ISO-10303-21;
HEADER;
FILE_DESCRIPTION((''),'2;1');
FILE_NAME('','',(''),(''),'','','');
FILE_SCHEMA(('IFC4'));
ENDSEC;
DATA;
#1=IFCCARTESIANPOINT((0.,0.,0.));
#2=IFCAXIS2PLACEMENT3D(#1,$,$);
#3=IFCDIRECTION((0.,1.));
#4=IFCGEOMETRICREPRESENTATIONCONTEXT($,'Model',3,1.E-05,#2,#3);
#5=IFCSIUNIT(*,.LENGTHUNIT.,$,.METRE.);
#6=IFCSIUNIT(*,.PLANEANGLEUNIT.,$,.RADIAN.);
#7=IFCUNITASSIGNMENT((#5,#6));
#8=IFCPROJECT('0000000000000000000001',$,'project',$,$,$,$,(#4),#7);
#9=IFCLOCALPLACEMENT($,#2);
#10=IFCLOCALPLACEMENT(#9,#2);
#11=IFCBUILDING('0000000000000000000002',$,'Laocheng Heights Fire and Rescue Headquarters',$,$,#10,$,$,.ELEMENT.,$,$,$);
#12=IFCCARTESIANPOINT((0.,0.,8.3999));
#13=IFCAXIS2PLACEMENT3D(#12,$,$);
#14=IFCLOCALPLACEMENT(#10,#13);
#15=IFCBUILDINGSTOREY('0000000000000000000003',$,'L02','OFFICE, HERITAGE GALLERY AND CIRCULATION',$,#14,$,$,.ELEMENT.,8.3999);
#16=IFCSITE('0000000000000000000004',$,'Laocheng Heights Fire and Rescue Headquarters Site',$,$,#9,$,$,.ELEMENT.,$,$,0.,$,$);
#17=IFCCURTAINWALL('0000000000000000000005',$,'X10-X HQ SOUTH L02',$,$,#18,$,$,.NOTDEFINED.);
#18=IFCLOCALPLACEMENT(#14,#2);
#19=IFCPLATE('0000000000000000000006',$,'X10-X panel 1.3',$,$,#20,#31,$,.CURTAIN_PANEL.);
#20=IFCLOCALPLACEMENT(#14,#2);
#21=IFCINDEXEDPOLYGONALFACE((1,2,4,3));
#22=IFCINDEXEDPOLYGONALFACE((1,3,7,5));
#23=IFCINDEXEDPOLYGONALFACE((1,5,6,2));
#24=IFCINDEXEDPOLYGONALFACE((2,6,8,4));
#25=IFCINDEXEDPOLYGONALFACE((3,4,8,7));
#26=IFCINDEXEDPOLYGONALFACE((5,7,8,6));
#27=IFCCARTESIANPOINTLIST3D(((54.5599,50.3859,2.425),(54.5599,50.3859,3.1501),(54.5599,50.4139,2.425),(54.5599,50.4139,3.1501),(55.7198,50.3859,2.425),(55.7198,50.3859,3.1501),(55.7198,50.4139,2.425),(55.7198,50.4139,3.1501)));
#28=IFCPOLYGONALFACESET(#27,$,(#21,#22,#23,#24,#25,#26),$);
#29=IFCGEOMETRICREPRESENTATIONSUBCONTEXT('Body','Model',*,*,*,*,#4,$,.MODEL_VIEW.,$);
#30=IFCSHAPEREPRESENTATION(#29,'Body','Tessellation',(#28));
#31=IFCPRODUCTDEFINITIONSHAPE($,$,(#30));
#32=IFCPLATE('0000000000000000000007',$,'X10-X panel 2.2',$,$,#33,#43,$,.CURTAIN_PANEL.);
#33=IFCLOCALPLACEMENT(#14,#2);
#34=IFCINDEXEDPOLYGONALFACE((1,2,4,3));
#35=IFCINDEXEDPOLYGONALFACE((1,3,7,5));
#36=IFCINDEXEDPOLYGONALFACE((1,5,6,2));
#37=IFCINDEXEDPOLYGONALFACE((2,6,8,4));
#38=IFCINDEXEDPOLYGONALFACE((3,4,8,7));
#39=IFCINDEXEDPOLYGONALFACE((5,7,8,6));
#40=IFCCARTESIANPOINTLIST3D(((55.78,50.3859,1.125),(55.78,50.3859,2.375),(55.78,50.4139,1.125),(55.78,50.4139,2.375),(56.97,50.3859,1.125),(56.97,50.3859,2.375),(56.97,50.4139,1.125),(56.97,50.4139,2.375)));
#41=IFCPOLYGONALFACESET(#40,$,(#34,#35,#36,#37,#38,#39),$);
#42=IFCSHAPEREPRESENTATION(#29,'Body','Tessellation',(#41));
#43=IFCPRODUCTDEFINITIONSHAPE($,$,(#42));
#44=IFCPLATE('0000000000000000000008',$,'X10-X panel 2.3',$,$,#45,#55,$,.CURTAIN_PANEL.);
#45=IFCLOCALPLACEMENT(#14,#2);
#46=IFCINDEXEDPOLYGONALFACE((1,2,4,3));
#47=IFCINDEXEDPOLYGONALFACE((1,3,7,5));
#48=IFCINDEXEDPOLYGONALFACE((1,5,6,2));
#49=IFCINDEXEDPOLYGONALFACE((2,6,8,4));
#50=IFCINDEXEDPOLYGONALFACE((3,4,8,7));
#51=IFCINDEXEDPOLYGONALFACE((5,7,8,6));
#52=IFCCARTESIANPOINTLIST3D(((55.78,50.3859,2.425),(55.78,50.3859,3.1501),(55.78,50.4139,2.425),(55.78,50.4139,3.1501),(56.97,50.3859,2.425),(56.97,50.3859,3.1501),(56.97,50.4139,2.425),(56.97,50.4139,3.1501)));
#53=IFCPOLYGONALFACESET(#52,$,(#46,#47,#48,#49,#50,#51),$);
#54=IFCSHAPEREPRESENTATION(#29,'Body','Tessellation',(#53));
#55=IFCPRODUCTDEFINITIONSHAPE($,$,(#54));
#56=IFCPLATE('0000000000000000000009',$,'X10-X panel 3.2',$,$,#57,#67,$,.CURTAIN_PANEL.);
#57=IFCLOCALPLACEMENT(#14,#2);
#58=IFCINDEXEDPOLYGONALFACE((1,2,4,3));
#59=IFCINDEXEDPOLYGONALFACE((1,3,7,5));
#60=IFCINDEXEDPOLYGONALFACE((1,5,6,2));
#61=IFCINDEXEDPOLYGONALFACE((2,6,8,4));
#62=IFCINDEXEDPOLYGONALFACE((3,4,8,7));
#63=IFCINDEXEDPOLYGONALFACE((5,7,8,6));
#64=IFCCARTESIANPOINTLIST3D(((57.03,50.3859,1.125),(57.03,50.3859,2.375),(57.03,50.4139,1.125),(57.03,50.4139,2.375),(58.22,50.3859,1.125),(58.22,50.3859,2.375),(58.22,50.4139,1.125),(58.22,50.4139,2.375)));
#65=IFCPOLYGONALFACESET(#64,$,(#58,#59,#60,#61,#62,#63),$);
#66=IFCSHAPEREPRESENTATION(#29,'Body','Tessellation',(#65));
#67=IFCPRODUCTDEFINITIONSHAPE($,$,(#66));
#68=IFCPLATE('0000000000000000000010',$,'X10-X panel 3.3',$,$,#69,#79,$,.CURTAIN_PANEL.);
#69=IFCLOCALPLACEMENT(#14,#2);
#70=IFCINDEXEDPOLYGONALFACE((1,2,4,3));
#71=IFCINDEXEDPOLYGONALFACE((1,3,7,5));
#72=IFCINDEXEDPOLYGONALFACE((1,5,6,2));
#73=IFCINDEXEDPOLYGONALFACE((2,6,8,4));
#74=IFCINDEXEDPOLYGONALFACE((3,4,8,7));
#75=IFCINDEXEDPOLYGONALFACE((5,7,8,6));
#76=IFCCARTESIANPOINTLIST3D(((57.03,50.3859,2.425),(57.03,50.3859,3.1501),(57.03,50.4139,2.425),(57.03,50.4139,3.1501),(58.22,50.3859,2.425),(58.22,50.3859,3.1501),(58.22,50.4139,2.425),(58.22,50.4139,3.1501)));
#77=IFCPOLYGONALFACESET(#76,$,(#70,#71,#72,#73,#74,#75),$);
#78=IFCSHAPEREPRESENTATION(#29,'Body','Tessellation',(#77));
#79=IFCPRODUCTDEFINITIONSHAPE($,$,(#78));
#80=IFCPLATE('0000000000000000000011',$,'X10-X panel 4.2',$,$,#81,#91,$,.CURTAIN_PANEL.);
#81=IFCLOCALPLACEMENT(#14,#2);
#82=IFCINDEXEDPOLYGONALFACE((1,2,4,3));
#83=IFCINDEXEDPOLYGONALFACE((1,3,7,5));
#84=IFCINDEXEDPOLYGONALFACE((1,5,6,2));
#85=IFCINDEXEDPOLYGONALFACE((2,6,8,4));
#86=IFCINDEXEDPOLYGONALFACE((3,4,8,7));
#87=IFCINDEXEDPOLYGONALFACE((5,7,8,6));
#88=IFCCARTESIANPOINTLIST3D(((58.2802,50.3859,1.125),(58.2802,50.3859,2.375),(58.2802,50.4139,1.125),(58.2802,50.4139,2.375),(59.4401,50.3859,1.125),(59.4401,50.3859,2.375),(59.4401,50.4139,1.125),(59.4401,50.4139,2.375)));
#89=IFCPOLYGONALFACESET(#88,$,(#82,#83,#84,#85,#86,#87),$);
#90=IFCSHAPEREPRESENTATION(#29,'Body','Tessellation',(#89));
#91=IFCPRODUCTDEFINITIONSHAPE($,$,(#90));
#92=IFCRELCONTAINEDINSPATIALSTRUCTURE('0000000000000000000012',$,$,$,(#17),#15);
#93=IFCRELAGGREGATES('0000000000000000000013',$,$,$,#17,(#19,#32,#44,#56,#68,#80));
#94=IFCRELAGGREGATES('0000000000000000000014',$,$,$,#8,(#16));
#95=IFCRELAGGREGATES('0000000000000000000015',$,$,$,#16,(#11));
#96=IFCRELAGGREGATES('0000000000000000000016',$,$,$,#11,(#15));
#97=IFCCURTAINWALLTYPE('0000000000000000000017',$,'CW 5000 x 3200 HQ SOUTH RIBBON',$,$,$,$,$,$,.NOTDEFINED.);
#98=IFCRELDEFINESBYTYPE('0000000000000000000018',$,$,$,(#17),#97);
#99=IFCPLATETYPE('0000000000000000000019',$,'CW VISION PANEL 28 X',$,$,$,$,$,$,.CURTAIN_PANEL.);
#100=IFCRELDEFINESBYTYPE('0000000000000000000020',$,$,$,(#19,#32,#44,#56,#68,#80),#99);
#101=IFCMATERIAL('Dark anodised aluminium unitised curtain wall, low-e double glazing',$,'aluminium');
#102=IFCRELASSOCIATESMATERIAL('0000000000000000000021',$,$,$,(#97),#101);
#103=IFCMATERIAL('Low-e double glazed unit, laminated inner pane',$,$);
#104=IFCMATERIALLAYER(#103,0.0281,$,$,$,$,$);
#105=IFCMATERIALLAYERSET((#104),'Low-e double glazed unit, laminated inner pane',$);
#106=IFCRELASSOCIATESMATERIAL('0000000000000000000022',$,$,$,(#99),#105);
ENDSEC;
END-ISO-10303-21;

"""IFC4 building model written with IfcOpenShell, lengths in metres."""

from ifc_helpers import new_model, si_unit, direction, frame, origin, origin_2d, place, context, subcontext, project, spatial, rectangle, extrude, material, layer, layer_set, type_object, element, aggregate, save


model = new_model("IFC4")

# Units and contexts
model_context = context("Model", 3, precision=1e-05, world=origin(), true_north=direction((0.0, 1.0)))
body_context = subcontext(model_context, "Body", "Model", "MODEL_VIEW")
ifc_project = project(units=[si_unit("LENGTHUNIT", "METRE"), si_unit("PLANEANGLEUNIT", "RADIAN")], contexts=[model_context])

# Site, building, storey
site_placement = place(None, origin())
site = spatial("IfcSite", under=ifc_project, at=site_placement, Name="Laocheng Heights Fire and Rescue Headquarters Site", CompositionType="ELEMENT", RefElevation=0.0)
building_placement = place(site_placement, origin())
building = spatial("IfcBuilding", under=site, at=building_placement, Name="Laocheng Heights Fire and Rescue Headquarters", CompositionType="ELEMENT")
storey_placement = place(building_placement, frame((0.0, 0.0, 8.3999)))
storey = spatial("IfcBuildingStorey", under=building, at=storey_placement, Name="L02", Description="OFFICE, HERITAGE GALLERY AND CIRCULATION", CompositionType="ELEMENT", Elevation=8.3999)

# Curtain wall, plates
ifc_material_1 = material(Name="Dark anodised aluminium unitised curtain wall, low-e double glazing", Category="aluminium")
curtain_wall_type = type_object("IfcCurtainWallType", Name="CW 5000 x 3200 HQ SOUTH RIBBON", PredefinedType="NOTDEFINED", material=ifc_material_1)
curtain_wall_placement = place(storey_placement, origin())
curtain_wall = element("IfcCurtainWall", 1, at=curtain_wall_placement, inside=storey, type_object=curtain_wall_type, Name="X10-X HQ SOUTH L02", PredefinedType="NOTDEFINED")
ifc_material_2 = material(Name="Low-e double glazed unit, laminated inner pane")
ifc_layer_1 = layer(ifc_material_2, 0.0281)
ifc_layer_set_1 = layer_set([ifc_layer_1], Name="Low-e double glazed unit, laminated inner pane")
plate_type_1 = type_object("IfcPlateType", Name="CW VISION PANEL 28 X", PredefinedType="CURTAIN_PANEL", material=ifc_layer_set_1)
plate_1_placement = place(storey_placement, frame((55.1399, 50.3999, 2.425), z_axis=(0.0, 0.0, 1.0), x_axis=(1.0, 0.0, 0.0)))
plate_1 = element("IfcPlate", 2, at=plate_1_placement, type_object=plate_type_1, Name="X10-X panel 1.3", PredefinedType="CURTAIN_PANEL", context=body_context, shape_type="SweptSolid", body=[
    extrude(rectangle(XDim=1.1599, YDim=0.0281, at=origin_2d()), origin(), (0.0, 0.0, 1.0), 0.7251),
])
plate_2_placement = place(storey_placement, frame((56.375, 50.3999, 1.125), z_axis=(0.0, 0.0, 1.0), x_axis=(1.0, 0.0, 0.0)))
plate_2 = element("IfcPlate", 3, at=plate_2_placement, type_object=plate_type_1, Name="X10-X panel 2.2", PredefinedType="CURTAIN_PANEL", context=body_context, shape_type="SweptSolid", body=[
    extrude(rectangle(XDim=1.1899, YDim=0.0281, at=origin_2d()), origin(), (0.0, 0.0, 1.0), 1.25),
])
plate_3_placement = place(storey_placement, frame((56.375, 50.3999, 2.425), z_axis=(0.0, 0.0, 1.0), x_axis=(1.0, 0.0, 0.0)))
plate_3 = element("IfcPlate", 4, at=plate_3_placement, type_object=plate_type_1, Name="X10-X panel 2.3", PredefinedType="CURTAIN_PANEL", context=body_context, shape_type="SweptSolid", body=[
    extrude(rectangle(XDim=1.1899, YDim=0.0281, at=origin_2d()), origin(), (0.0, 0.0, 1.0), 0.7251),
])
plate_4_placement = place(storey_placement, frame((57.625, 50.3999, 1.125), z_axis=(0.0, 0.0, 1.0), x_axis=(1.0, 0.0, 0.0)))
plate_4 = element("IfcPlate", 5, at=plate_4_placement, type_object=plate_type_1, Name="X10-X panel 3.2", PredefinedType="CURTAIN_PANEL", context=body_context, shape_type="SweptSolid", body=[
    extrude(rectangle(XDim=1.1899, YDim=0.0281, at=origin_2d()), origin(), (0.0, 0.0, 1.0), 1.25),
])
plate_5_placement = place(storey_placement, frame((57.625, 50.3999, 2.425), z_axis=(0.0, 0.0, 1.0), x_axis=(1.0, 0.0, 0.0)))
plate_5 = element("IfcPlate", 6, at=plate_5_placement, type_object=plate_type_1, Name="X10-X panel 3.3", PredefinedType="CURTAIN_PANEL", context=body_context, shape_type="SweptSolid", body=[
    extrude(rectangle(XDim=1.1899, YDim=0.0281, at=origin_2d()), origin(), (0.0, 0.0, 1.0), 0.7251),
])
plate_6_placement = place(storey_placement, frame((58.8601, 50.3999, 1.125), z_axis=(0.0, 0.0, 1.0), x_axis=(1.0, 0.0, 0.0)))
plate_6 = element("IfcPlate", 7, at=plate_6_placement, type_object=plate_type_1, Name="X10-X panel 4.2", PredefinedType="CURTAIN_PANEL", context=body_context, shape_type="SweptSolid", body=[
    extrude(rectangle(XDim=1.1599, YDim=0.0281, at=origin_2d()), origin(), (0.0, 0.0, 1.0), 1.25),
])
aggregate(curtain_wall, [plate_1, plate_2, plate_3, plate_4, plate_5, plate_6])

save(model, "model.ifc")
